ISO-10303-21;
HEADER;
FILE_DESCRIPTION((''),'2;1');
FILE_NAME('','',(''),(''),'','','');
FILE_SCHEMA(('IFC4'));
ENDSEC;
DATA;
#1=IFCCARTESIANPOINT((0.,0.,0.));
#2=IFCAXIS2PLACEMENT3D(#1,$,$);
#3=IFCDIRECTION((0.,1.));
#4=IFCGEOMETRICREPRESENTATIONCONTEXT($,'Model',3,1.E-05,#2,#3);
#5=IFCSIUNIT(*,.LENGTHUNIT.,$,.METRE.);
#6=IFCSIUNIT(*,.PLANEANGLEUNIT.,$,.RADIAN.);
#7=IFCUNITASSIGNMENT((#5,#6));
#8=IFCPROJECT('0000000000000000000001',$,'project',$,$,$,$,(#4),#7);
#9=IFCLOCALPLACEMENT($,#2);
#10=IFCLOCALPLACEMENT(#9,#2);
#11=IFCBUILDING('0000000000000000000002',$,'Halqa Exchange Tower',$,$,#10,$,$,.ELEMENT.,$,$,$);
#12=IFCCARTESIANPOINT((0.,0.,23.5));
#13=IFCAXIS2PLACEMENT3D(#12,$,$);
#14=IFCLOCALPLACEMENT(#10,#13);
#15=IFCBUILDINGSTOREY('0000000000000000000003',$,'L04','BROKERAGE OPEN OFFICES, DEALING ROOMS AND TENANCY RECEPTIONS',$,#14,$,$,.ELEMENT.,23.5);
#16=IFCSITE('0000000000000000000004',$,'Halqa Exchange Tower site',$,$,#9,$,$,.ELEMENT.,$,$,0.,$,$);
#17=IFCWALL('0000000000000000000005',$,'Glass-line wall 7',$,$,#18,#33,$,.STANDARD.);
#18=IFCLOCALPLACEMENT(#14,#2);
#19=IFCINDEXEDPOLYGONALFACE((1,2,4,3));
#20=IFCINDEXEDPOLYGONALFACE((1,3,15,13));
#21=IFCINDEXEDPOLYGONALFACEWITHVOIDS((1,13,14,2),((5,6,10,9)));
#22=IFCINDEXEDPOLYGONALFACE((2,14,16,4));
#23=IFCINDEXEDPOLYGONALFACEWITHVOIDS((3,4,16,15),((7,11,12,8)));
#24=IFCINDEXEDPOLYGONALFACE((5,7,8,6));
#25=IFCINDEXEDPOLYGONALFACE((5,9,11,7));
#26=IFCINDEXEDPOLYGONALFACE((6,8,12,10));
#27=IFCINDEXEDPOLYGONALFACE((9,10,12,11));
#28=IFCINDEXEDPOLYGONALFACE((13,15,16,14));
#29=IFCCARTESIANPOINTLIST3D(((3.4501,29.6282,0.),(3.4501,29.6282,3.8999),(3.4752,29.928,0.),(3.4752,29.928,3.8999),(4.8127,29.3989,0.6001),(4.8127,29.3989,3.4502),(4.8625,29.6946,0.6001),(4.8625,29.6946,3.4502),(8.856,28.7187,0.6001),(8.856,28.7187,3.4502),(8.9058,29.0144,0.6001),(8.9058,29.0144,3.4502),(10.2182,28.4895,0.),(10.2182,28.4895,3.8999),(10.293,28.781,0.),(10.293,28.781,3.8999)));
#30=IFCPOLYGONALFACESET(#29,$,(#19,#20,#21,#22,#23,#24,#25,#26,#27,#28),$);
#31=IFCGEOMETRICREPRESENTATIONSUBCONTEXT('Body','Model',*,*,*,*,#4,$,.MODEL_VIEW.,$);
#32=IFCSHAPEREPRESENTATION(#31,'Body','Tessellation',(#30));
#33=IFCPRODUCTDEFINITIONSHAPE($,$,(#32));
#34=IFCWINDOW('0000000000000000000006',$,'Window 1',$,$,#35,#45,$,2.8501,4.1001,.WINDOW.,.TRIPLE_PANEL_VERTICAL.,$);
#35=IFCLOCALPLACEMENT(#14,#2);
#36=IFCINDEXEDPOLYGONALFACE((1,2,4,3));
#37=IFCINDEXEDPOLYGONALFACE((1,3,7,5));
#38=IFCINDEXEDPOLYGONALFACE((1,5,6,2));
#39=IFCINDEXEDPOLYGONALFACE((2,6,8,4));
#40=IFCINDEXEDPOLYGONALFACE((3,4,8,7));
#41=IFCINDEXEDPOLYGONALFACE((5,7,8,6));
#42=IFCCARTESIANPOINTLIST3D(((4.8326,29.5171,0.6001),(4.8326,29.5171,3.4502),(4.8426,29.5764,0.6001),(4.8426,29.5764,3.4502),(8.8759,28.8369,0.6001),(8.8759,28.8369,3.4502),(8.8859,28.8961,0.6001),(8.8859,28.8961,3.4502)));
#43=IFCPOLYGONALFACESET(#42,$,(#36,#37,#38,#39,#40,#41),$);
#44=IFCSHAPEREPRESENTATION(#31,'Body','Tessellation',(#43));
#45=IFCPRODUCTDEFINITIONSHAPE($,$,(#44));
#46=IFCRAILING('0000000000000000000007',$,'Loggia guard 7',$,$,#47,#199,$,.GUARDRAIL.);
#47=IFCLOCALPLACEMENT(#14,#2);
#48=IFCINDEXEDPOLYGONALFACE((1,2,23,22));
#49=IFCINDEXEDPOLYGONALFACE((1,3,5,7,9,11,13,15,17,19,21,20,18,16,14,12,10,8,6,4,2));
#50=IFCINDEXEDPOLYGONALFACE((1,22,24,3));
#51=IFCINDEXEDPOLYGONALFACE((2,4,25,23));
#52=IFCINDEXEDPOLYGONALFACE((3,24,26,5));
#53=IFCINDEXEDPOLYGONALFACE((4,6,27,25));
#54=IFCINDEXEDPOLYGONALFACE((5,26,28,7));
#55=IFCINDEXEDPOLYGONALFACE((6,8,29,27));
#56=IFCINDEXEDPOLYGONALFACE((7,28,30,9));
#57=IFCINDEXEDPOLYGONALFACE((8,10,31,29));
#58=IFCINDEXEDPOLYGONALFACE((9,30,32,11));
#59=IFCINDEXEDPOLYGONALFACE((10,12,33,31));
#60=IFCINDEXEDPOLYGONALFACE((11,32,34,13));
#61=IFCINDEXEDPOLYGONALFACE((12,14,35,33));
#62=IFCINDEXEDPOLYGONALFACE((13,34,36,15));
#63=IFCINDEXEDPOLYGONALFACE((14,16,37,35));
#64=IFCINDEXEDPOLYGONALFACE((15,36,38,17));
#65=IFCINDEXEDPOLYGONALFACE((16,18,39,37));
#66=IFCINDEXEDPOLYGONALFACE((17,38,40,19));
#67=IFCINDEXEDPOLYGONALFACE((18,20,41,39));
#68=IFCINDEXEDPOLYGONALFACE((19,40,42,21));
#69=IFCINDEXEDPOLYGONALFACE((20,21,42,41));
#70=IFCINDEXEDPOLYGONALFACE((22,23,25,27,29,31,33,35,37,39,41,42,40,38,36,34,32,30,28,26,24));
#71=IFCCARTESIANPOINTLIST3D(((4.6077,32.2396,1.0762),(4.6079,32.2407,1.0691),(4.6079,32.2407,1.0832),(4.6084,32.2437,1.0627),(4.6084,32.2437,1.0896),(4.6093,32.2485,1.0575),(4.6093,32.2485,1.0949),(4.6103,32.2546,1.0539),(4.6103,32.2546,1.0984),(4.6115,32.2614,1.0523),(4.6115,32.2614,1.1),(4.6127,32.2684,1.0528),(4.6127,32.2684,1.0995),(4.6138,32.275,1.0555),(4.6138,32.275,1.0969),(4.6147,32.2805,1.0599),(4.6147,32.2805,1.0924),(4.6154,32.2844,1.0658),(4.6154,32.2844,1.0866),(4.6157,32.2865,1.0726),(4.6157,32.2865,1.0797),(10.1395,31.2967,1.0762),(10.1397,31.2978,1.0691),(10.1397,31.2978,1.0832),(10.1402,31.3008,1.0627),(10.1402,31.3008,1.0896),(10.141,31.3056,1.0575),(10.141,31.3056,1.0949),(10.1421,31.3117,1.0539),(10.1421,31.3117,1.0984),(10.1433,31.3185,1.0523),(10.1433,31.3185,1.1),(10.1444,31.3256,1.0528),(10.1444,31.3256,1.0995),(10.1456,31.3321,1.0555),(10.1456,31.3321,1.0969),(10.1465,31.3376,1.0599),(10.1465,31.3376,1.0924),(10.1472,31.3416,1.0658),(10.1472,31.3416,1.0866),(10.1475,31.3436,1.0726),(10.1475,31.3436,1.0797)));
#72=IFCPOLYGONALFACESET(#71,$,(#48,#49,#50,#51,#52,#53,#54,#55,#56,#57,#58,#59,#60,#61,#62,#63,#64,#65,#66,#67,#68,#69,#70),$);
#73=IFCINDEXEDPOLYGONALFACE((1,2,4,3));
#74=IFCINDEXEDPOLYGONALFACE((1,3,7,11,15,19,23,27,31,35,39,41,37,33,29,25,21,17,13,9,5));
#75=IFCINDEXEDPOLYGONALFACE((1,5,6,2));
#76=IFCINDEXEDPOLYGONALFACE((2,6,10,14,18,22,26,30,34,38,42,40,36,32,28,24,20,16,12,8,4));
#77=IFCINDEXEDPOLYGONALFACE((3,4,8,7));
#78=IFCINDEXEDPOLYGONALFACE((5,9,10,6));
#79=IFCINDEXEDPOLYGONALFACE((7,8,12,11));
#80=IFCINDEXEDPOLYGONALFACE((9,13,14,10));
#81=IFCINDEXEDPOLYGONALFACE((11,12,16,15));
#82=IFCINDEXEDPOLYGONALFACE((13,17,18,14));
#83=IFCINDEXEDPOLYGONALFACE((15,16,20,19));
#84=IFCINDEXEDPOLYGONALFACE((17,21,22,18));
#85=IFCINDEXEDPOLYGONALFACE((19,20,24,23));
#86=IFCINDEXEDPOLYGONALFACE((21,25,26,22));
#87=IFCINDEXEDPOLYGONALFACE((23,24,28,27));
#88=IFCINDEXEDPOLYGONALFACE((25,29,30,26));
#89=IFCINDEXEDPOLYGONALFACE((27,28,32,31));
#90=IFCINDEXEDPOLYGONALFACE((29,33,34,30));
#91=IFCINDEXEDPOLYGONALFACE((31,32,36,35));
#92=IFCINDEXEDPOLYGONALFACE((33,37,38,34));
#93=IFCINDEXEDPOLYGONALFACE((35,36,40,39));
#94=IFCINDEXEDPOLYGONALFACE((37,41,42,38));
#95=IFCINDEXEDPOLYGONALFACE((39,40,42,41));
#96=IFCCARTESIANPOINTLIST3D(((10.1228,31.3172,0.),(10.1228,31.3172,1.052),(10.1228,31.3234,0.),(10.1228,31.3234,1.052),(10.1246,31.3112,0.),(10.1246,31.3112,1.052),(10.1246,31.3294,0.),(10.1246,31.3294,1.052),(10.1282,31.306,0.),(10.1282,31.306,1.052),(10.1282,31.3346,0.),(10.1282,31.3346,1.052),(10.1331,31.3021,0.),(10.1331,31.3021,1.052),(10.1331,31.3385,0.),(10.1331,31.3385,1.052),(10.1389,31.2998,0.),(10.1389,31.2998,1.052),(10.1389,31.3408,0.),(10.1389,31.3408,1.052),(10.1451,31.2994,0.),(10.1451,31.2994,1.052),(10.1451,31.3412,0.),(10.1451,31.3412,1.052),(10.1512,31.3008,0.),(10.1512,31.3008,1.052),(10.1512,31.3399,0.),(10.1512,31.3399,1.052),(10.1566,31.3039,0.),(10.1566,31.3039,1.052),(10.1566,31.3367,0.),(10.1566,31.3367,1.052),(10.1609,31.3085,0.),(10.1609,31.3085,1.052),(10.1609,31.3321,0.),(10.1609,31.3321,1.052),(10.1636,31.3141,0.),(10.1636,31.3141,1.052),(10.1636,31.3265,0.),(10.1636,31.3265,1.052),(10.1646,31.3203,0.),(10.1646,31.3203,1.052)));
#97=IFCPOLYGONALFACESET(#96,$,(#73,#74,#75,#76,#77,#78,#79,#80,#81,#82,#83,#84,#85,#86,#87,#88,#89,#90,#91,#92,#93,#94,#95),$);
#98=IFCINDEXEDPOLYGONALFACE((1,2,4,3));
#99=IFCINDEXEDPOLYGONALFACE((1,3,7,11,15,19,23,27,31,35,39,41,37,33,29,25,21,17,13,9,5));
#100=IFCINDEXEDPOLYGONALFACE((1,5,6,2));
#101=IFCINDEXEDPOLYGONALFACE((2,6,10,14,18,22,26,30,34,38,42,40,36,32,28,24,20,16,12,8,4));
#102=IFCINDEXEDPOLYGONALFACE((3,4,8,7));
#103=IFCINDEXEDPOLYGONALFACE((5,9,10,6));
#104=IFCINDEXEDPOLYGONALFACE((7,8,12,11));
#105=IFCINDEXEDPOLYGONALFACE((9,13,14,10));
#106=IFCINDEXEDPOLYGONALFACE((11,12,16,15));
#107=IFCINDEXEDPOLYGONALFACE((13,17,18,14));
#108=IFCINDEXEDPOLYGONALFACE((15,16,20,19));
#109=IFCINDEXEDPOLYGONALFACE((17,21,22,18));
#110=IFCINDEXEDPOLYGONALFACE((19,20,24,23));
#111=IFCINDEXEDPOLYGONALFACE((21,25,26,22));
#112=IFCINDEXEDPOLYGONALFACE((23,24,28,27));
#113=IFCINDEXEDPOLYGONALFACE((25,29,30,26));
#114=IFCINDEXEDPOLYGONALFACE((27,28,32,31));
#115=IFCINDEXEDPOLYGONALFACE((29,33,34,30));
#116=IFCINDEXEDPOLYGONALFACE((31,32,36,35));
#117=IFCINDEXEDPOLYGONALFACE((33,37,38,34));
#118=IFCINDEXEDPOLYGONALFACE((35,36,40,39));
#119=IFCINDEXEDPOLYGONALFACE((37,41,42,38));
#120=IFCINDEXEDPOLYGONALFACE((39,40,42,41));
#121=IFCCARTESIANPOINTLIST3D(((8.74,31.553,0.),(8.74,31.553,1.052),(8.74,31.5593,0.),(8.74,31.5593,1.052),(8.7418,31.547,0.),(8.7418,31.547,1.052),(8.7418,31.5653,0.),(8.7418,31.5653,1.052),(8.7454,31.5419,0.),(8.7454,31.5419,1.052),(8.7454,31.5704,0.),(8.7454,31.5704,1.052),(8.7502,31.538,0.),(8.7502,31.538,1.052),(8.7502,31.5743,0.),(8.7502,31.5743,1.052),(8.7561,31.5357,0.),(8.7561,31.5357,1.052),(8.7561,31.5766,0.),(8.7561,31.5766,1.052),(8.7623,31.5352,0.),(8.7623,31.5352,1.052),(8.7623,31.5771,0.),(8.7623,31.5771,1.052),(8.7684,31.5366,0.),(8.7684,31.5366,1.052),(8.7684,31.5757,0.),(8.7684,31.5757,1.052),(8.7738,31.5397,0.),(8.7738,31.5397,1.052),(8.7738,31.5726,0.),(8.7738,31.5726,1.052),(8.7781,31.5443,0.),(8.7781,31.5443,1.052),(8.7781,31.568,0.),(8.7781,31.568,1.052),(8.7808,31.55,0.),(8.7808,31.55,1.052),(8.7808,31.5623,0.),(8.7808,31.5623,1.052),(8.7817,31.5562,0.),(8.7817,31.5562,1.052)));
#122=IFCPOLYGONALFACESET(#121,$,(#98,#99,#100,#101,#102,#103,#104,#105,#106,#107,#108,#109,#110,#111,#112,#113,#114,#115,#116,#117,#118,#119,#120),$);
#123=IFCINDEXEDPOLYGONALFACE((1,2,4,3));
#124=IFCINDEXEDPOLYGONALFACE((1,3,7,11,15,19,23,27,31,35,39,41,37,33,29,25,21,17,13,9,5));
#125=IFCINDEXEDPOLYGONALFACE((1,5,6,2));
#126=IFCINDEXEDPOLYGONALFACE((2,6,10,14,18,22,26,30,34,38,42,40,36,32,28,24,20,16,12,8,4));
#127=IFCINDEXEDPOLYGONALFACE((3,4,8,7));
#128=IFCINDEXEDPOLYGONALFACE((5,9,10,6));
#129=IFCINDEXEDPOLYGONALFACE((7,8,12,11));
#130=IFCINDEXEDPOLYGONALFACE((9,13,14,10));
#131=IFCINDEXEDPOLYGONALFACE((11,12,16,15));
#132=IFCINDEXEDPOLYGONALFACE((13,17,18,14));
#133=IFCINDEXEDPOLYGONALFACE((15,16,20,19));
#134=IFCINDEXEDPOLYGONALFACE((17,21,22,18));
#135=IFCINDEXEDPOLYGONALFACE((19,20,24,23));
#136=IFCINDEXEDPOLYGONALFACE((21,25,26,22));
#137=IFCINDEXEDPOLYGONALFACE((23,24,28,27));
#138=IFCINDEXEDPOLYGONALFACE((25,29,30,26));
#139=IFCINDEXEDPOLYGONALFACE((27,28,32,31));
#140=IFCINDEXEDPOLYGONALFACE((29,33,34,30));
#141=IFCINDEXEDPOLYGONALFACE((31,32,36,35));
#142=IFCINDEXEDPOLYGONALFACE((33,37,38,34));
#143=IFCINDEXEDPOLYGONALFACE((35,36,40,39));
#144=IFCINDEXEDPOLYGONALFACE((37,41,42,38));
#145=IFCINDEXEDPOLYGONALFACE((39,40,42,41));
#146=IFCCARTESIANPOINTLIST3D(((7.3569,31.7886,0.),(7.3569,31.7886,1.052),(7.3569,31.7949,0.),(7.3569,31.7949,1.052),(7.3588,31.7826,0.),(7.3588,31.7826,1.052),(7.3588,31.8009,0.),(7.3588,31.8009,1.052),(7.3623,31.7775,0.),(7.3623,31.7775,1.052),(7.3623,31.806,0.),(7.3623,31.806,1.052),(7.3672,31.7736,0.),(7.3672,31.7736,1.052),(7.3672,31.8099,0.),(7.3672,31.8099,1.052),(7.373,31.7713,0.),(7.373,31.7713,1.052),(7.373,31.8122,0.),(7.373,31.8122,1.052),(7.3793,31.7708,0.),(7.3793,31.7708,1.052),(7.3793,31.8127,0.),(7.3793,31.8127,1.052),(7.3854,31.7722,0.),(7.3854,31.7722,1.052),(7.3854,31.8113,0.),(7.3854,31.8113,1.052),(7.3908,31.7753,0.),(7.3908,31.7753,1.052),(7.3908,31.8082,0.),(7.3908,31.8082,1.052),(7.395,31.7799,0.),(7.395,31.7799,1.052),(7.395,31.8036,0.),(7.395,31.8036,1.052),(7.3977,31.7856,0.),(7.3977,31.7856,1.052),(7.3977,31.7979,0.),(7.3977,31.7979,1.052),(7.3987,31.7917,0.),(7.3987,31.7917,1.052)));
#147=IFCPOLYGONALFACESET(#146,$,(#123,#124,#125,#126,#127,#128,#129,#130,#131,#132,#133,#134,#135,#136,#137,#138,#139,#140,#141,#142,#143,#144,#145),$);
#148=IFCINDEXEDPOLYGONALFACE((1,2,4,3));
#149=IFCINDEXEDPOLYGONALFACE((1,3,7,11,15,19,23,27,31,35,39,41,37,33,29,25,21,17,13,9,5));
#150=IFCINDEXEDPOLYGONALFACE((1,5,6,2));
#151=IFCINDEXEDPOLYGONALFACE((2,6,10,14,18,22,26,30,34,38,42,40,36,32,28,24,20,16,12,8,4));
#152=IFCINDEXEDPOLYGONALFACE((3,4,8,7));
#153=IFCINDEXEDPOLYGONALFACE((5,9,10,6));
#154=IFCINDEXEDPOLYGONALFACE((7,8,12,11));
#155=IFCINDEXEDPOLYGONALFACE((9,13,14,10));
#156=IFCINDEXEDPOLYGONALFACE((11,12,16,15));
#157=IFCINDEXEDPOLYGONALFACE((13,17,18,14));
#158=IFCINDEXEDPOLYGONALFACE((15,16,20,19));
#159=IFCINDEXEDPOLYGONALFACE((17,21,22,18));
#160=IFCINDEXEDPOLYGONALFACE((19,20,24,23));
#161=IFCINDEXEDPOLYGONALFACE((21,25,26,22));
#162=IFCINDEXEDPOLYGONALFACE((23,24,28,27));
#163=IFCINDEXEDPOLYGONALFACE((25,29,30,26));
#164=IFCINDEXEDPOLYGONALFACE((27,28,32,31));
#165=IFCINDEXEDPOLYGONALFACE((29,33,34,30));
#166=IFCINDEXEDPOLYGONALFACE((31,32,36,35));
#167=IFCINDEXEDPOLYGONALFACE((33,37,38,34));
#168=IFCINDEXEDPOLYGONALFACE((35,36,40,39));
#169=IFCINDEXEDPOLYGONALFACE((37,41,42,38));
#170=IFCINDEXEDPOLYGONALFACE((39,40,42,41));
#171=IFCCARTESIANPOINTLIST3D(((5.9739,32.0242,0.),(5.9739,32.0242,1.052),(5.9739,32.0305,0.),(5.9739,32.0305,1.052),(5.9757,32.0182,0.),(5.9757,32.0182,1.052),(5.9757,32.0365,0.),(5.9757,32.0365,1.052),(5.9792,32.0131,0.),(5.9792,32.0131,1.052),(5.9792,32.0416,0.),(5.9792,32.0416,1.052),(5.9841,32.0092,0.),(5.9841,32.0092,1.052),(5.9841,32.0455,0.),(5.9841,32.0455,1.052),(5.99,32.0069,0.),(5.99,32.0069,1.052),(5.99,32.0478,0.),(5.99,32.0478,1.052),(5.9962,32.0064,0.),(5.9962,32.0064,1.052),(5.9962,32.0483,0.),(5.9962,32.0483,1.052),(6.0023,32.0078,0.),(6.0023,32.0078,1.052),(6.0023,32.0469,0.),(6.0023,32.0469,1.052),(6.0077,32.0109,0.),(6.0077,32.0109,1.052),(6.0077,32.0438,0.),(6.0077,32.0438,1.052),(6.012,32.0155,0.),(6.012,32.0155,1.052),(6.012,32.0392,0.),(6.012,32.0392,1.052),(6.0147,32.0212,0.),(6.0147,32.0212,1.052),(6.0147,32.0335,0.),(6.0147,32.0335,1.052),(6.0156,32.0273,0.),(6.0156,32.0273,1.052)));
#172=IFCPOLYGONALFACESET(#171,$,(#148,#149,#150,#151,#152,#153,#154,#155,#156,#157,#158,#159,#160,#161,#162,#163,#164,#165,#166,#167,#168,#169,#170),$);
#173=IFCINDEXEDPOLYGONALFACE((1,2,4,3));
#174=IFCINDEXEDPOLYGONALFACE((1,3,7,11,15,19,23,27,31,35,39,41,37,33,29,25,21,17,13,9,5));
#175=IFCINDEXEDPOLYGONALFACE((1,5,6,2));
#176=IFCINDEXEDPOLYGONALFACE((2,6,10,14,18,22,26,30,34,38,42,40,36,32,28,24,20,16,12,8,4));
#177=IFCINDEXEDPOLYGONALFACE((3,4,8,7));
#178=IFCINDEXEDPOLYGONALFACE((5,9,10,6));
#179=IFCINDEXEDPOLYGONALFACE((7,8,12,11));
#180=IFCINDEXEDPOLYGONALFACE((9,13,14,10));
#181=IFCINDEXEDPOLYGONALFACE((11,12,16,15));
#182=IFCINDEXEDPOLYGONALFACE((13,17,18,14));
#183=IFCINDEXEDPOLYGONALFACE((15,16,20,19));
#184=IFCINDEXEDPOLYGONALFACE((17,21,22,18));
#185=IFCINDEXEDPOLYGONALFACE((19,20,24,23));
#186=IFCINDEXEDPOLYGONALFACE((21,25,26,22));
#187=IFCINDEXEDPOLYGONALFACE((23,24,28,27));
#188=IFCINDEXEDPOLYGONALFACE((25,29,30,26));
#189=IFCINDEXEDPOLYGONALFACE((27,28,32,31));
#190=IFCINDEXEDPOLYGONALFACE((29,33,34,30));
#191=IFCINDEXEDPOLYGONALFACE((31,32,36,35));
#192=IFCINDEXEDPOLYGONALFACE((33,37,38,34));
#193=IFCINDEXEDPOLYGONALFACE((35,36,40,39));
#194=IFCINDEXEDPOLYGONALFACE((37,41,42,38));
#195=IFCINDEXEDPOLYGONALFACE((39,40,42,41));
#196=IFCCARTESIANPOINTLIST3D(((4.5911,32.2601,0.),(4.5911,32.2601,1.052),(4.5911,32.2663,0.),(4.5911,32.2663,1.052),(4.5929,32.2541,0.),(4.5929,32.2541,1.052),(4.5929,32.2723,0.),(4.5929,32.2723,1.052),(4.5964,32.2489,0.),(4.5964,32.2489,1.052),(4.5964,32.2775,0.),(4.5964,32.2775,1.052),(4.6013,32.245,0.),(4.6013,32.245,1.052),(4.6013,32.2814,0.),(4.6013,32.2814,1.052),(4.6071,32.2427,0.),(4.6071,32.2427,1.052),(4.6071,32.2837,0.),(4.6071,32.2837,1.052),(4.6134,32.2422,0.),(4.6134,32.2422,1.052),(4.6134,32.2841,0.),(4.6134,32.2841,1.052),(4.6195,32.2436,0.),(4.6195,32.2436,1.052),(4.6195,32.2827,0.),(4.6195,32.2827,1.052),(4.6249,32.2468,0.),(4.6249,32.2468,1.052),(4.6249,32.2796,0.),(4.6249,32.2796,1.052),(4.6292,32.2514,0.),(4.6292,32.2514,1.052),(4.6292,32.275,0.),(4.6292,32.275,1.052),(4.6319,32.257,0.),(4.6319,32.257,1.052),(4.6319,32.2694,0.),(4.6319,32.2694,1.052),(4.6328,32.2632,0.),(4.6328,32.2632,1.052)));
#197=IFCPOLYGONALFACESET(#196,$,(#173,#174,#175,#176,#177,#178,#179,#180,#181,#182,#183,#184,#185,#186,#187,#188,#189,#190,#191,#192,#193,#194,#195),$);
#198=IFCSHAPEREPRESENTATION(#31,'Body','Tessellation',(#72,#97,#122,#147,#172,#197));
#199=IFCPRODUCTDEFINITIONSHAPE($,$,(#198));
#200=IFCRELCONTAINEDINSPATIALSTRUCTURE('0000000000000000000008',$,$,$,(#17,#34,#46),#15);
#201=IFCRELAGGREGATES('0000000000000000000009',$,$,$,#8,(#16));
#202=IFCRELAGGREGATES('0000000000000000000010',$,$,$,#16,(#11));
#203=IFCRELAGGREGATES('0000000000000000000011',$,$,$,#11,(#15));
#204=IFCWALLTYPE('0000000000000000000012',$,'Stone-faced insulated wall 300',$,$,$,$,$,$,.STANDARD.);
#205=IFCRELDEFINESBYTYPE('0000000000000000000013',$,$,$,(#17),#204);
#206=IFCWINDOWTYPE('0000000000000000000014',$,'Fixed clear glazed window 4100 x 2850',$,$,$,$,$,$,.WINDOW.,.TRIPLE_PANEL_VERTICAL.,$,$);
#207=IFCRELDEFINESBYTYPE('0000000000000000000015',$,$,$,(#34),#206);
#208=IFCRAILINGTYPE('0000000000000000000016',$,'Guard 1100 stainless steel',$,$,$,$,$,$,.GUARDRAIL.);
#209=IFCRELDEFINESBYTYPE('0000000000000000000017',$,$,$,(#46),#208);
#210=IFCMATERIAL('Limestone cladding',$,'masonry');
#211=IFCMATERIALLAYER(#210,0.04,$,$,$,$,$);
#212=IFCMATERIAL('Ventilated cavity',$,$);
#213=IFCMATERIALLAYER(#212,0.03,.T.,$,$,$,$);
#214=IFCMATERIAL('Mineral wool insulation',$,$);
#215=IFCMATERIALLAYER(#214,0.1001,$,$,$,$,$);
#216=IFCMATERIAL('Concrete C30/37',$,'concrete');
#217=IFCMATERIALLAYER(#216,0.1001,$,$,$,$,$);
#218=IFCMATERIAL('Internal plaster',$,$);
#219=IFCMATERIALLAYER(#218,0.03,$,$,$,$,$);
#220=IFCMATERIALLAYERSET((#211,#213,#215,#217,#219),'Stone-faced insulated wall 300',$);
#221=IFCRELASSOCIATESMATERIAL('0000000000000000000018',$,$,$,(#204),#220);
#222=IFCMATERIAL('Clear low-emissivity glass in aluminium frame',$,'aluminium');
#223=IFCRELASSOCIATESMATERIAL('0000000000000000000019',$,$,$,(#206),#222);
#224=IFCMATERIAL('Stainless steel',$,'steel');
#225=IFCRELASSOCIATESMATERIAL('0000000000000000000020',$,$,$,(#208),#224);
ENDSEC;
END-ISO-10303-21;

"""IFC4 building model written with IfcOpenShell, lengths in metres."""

from ifc_helpers import new_model, si_unit, direction, frame, frame_2d, origin, origin_2d, place, context, subcontext, project, spatial, polyline, rectangle, circle, outline, extrude, material, layer, layer_set, type_object, element, fill, save


model = new_model("IFC4")

# Units and contexts
model_context = context("Model", 3, precision=1e-05, world=origin(), true_north=direction((0.0, 1.0)))
body_context = subcontext(model_context, "Body", "Model", "MODEL_VIEW")
ifc_project = project(units=[si_unit("LENGTHUNIT", "METRE"), si_unit("PLANEANGLEUNIT", "RADIAN")], contexts=[model_context])

# Site, building, storey
site_placement = place(None, origin())
site = spatial("IfcSite", under=ifc_project, at=site_placement, Name="Halqa Exchange Tower site", CompositionType="ELEMENT", RefElevation=0.0)
building_placement = place(site_placement, origin())
building = spatial("IfcBuilding", under=site, at=building_placement, Name="Halqa Exchange Tower", CompositionType="ELEMENT")
storey_placement = place(building_placement, frame((0.0, 0.0, 23.5)))
storey = spatial("IfcBuildingStorey", under=building, at=storey_placement, Name="L04", Description="BROKERAGE OPEN OFFICES, DEALING ROOMS AND TENANCY RECEPTIONS", CompositionType="ELEMENT", Elevation=23.5)

# Wall, opening, window
ifc_material_1 = material(Name="Limestone cladding", Category="masonry")
ifc_layer_1 = layer(ifc_material_1, 0.04)
ifc_material_2 = material(Name="Ventilated cavity")
ifc_layer_2 = layer(ifc_material_2, 0.03, ventilated=True)
ifc_material_3 = material(Name="Mineral wool insulation")
ifc_layer_3 = layer(ifc_material_3, 0.1001)
ifc_material_4 = material(Name="Concrete C30/37", Category="concrete")
ifc_layer_4 = layer(ifc_material_4, 0.1001)
ifc_material_5 = material(Name="Internal plaster")
ifc_layer_5 = layer(ifc_material_5, 0.03)
ifc_layer_set_1 = layer_set([ifc_layer_1, ifc_layer_2, ifc_layer_3, ifc_layer_4, ifc_layer_5], Name="Stone-faced insulated wall 300")
wall_type_1 = type_object("IfcWallType", Name="Stone-faced insulated wall 300", PredefinedType="STANDARD", material=ifc_layer_set_1)
ifc_material_6 = material(Name="Clear low-emissivity glass in aluminium frame", Category="aluminium")
window_type = type_object("IfcWindowType", Name="Fixed clear glazed window 4100 x 2850", PartitioningType="TRIPLE_PANEL_VERTICAL", PredefinedType="WINDOW", material=ifc_material_6)
wall_1_placement = place(storey_placement, frame((10.2556, 28.6353, 0.0), z_axis=(0.0, 0.0, 1.0), x_axis=(-0.986142, 0.165905, 0.0)))
wall_1 = element("IfcWall", 1, at=wall_1_placement, inside=storey, type_object=wall_type_1, Name="Glass-line wall 7", PredefinedType="STANDARD", context=body_context, shape_type="SweptSolid", body=[
    extrude(outline(polyline([(-0.0127, -0.1499), (6.9009, -0.1499), (6.876, 0.1499), (0.0127, 0.1499), (-0.0127, -0.1499)])), origin(), (0.0, 0.0, 1.0), 3.8999),
])
opening_1_placement = place(wall_1_placement, frame((1.394, 0.0, 0.6001)))
opening_1 = element("IfcOpeningElement", 2, at=opening_1_placement, cuts=wall_1, PredefinedType="OPENING", context=body_context, shape_type="SweptSolid", body=[
    extrude(rectangle(XDim=4.1001, YDim=2.8501, at=frame_2d((2.05, 1.425))), frame((0.0, 0.1621, 0.0), z_axis=(0.0, -1.0, 0.0), x_axis=(1.0, 0.0, 0.0)), (0.0, 0.0, 1.0), 0.324),
])
window_1_placement = place(opening_1_placement, origin())
window_1 = element("IfcWindow", 3, at=window_1_placement, inside=storey, type_object=window_type, Name="Window 1", OverallHeight=2.8501, OverallWidth=4.1001, PartitioningType="TRIPLE_PANEL_VERTICAL", PredefinedType="WINDOW", context=body_context, shape_type="SweptSolid", body=[
    extrude(rectangle(XDim=4.1001, YDim=2.8501, at=frame_2d((2.05, 1.425))), frame((0.0, 0.03, 0.0), z_axis=(0.0, -1.0, 0.0), x_axis=(1.0, 0.0, 0.0)), (0.0, 0.0, 1.0), 0.0601),
])
fill(opening_1, window_1)

# Railing
ifc_material_7 = material(Name="Stainless steel", Category="steel")
railing_type = type_object("IfcRailingType", Name="Guard 1100 stainless steel", PredefinedType="GUARDRAIL", material=ifc_material_7)
railing_1_placement = place(storey_placement, frame((10.1436, 31.3203, 0.0)))
element("IfcRailing", 4, at=railing_1_placement, inside=storey, type_object=railing_type, Name="Loggia guard 7", PredefinedType="GUARDRAIL", context=body_context, shape_type="SweptSolid", body=[
    extrude(circle(Radius=0.0239, at=origin_2d()), frame((0.0, 0.0, 1.0762), z_axis=(-0.985783, 0.168024, 0.0), x_axis=(-0.168024, -0.985783, 0.0)), (0.0, 0.0, 1.0), 5.6116),
    extrude(circle(Radius=0.021, at=origin_2d()), origin(), (0.0, 0.0, 1.0), 1.052),
    extrude(circle(Radius=0.021, at=origin_2d()), frame((-1.3828, 0.2358, 0.0)), (0.0, 0.0, 1.0), 1.052),
    extrude(circle(Radius=0.021, at=origin_2d()), frame((-2.7659, 0.4714, 0.0)), (0.0, 0.0, 1.0), 1.052),
    extrude(circle(Radius=0.021, at=origin_2d()), frame((-4.1489, 0.707, 0.0)), (0.0, 0.0, 1.0), 1.052),
    extrude(circle(Radius=0.021, at=origin_2d()), frame((-5.5317, 0.9429, 0.0)), (0.0, 0.0, 1.0), 1.052),
])

save(model, "model.ifc")
